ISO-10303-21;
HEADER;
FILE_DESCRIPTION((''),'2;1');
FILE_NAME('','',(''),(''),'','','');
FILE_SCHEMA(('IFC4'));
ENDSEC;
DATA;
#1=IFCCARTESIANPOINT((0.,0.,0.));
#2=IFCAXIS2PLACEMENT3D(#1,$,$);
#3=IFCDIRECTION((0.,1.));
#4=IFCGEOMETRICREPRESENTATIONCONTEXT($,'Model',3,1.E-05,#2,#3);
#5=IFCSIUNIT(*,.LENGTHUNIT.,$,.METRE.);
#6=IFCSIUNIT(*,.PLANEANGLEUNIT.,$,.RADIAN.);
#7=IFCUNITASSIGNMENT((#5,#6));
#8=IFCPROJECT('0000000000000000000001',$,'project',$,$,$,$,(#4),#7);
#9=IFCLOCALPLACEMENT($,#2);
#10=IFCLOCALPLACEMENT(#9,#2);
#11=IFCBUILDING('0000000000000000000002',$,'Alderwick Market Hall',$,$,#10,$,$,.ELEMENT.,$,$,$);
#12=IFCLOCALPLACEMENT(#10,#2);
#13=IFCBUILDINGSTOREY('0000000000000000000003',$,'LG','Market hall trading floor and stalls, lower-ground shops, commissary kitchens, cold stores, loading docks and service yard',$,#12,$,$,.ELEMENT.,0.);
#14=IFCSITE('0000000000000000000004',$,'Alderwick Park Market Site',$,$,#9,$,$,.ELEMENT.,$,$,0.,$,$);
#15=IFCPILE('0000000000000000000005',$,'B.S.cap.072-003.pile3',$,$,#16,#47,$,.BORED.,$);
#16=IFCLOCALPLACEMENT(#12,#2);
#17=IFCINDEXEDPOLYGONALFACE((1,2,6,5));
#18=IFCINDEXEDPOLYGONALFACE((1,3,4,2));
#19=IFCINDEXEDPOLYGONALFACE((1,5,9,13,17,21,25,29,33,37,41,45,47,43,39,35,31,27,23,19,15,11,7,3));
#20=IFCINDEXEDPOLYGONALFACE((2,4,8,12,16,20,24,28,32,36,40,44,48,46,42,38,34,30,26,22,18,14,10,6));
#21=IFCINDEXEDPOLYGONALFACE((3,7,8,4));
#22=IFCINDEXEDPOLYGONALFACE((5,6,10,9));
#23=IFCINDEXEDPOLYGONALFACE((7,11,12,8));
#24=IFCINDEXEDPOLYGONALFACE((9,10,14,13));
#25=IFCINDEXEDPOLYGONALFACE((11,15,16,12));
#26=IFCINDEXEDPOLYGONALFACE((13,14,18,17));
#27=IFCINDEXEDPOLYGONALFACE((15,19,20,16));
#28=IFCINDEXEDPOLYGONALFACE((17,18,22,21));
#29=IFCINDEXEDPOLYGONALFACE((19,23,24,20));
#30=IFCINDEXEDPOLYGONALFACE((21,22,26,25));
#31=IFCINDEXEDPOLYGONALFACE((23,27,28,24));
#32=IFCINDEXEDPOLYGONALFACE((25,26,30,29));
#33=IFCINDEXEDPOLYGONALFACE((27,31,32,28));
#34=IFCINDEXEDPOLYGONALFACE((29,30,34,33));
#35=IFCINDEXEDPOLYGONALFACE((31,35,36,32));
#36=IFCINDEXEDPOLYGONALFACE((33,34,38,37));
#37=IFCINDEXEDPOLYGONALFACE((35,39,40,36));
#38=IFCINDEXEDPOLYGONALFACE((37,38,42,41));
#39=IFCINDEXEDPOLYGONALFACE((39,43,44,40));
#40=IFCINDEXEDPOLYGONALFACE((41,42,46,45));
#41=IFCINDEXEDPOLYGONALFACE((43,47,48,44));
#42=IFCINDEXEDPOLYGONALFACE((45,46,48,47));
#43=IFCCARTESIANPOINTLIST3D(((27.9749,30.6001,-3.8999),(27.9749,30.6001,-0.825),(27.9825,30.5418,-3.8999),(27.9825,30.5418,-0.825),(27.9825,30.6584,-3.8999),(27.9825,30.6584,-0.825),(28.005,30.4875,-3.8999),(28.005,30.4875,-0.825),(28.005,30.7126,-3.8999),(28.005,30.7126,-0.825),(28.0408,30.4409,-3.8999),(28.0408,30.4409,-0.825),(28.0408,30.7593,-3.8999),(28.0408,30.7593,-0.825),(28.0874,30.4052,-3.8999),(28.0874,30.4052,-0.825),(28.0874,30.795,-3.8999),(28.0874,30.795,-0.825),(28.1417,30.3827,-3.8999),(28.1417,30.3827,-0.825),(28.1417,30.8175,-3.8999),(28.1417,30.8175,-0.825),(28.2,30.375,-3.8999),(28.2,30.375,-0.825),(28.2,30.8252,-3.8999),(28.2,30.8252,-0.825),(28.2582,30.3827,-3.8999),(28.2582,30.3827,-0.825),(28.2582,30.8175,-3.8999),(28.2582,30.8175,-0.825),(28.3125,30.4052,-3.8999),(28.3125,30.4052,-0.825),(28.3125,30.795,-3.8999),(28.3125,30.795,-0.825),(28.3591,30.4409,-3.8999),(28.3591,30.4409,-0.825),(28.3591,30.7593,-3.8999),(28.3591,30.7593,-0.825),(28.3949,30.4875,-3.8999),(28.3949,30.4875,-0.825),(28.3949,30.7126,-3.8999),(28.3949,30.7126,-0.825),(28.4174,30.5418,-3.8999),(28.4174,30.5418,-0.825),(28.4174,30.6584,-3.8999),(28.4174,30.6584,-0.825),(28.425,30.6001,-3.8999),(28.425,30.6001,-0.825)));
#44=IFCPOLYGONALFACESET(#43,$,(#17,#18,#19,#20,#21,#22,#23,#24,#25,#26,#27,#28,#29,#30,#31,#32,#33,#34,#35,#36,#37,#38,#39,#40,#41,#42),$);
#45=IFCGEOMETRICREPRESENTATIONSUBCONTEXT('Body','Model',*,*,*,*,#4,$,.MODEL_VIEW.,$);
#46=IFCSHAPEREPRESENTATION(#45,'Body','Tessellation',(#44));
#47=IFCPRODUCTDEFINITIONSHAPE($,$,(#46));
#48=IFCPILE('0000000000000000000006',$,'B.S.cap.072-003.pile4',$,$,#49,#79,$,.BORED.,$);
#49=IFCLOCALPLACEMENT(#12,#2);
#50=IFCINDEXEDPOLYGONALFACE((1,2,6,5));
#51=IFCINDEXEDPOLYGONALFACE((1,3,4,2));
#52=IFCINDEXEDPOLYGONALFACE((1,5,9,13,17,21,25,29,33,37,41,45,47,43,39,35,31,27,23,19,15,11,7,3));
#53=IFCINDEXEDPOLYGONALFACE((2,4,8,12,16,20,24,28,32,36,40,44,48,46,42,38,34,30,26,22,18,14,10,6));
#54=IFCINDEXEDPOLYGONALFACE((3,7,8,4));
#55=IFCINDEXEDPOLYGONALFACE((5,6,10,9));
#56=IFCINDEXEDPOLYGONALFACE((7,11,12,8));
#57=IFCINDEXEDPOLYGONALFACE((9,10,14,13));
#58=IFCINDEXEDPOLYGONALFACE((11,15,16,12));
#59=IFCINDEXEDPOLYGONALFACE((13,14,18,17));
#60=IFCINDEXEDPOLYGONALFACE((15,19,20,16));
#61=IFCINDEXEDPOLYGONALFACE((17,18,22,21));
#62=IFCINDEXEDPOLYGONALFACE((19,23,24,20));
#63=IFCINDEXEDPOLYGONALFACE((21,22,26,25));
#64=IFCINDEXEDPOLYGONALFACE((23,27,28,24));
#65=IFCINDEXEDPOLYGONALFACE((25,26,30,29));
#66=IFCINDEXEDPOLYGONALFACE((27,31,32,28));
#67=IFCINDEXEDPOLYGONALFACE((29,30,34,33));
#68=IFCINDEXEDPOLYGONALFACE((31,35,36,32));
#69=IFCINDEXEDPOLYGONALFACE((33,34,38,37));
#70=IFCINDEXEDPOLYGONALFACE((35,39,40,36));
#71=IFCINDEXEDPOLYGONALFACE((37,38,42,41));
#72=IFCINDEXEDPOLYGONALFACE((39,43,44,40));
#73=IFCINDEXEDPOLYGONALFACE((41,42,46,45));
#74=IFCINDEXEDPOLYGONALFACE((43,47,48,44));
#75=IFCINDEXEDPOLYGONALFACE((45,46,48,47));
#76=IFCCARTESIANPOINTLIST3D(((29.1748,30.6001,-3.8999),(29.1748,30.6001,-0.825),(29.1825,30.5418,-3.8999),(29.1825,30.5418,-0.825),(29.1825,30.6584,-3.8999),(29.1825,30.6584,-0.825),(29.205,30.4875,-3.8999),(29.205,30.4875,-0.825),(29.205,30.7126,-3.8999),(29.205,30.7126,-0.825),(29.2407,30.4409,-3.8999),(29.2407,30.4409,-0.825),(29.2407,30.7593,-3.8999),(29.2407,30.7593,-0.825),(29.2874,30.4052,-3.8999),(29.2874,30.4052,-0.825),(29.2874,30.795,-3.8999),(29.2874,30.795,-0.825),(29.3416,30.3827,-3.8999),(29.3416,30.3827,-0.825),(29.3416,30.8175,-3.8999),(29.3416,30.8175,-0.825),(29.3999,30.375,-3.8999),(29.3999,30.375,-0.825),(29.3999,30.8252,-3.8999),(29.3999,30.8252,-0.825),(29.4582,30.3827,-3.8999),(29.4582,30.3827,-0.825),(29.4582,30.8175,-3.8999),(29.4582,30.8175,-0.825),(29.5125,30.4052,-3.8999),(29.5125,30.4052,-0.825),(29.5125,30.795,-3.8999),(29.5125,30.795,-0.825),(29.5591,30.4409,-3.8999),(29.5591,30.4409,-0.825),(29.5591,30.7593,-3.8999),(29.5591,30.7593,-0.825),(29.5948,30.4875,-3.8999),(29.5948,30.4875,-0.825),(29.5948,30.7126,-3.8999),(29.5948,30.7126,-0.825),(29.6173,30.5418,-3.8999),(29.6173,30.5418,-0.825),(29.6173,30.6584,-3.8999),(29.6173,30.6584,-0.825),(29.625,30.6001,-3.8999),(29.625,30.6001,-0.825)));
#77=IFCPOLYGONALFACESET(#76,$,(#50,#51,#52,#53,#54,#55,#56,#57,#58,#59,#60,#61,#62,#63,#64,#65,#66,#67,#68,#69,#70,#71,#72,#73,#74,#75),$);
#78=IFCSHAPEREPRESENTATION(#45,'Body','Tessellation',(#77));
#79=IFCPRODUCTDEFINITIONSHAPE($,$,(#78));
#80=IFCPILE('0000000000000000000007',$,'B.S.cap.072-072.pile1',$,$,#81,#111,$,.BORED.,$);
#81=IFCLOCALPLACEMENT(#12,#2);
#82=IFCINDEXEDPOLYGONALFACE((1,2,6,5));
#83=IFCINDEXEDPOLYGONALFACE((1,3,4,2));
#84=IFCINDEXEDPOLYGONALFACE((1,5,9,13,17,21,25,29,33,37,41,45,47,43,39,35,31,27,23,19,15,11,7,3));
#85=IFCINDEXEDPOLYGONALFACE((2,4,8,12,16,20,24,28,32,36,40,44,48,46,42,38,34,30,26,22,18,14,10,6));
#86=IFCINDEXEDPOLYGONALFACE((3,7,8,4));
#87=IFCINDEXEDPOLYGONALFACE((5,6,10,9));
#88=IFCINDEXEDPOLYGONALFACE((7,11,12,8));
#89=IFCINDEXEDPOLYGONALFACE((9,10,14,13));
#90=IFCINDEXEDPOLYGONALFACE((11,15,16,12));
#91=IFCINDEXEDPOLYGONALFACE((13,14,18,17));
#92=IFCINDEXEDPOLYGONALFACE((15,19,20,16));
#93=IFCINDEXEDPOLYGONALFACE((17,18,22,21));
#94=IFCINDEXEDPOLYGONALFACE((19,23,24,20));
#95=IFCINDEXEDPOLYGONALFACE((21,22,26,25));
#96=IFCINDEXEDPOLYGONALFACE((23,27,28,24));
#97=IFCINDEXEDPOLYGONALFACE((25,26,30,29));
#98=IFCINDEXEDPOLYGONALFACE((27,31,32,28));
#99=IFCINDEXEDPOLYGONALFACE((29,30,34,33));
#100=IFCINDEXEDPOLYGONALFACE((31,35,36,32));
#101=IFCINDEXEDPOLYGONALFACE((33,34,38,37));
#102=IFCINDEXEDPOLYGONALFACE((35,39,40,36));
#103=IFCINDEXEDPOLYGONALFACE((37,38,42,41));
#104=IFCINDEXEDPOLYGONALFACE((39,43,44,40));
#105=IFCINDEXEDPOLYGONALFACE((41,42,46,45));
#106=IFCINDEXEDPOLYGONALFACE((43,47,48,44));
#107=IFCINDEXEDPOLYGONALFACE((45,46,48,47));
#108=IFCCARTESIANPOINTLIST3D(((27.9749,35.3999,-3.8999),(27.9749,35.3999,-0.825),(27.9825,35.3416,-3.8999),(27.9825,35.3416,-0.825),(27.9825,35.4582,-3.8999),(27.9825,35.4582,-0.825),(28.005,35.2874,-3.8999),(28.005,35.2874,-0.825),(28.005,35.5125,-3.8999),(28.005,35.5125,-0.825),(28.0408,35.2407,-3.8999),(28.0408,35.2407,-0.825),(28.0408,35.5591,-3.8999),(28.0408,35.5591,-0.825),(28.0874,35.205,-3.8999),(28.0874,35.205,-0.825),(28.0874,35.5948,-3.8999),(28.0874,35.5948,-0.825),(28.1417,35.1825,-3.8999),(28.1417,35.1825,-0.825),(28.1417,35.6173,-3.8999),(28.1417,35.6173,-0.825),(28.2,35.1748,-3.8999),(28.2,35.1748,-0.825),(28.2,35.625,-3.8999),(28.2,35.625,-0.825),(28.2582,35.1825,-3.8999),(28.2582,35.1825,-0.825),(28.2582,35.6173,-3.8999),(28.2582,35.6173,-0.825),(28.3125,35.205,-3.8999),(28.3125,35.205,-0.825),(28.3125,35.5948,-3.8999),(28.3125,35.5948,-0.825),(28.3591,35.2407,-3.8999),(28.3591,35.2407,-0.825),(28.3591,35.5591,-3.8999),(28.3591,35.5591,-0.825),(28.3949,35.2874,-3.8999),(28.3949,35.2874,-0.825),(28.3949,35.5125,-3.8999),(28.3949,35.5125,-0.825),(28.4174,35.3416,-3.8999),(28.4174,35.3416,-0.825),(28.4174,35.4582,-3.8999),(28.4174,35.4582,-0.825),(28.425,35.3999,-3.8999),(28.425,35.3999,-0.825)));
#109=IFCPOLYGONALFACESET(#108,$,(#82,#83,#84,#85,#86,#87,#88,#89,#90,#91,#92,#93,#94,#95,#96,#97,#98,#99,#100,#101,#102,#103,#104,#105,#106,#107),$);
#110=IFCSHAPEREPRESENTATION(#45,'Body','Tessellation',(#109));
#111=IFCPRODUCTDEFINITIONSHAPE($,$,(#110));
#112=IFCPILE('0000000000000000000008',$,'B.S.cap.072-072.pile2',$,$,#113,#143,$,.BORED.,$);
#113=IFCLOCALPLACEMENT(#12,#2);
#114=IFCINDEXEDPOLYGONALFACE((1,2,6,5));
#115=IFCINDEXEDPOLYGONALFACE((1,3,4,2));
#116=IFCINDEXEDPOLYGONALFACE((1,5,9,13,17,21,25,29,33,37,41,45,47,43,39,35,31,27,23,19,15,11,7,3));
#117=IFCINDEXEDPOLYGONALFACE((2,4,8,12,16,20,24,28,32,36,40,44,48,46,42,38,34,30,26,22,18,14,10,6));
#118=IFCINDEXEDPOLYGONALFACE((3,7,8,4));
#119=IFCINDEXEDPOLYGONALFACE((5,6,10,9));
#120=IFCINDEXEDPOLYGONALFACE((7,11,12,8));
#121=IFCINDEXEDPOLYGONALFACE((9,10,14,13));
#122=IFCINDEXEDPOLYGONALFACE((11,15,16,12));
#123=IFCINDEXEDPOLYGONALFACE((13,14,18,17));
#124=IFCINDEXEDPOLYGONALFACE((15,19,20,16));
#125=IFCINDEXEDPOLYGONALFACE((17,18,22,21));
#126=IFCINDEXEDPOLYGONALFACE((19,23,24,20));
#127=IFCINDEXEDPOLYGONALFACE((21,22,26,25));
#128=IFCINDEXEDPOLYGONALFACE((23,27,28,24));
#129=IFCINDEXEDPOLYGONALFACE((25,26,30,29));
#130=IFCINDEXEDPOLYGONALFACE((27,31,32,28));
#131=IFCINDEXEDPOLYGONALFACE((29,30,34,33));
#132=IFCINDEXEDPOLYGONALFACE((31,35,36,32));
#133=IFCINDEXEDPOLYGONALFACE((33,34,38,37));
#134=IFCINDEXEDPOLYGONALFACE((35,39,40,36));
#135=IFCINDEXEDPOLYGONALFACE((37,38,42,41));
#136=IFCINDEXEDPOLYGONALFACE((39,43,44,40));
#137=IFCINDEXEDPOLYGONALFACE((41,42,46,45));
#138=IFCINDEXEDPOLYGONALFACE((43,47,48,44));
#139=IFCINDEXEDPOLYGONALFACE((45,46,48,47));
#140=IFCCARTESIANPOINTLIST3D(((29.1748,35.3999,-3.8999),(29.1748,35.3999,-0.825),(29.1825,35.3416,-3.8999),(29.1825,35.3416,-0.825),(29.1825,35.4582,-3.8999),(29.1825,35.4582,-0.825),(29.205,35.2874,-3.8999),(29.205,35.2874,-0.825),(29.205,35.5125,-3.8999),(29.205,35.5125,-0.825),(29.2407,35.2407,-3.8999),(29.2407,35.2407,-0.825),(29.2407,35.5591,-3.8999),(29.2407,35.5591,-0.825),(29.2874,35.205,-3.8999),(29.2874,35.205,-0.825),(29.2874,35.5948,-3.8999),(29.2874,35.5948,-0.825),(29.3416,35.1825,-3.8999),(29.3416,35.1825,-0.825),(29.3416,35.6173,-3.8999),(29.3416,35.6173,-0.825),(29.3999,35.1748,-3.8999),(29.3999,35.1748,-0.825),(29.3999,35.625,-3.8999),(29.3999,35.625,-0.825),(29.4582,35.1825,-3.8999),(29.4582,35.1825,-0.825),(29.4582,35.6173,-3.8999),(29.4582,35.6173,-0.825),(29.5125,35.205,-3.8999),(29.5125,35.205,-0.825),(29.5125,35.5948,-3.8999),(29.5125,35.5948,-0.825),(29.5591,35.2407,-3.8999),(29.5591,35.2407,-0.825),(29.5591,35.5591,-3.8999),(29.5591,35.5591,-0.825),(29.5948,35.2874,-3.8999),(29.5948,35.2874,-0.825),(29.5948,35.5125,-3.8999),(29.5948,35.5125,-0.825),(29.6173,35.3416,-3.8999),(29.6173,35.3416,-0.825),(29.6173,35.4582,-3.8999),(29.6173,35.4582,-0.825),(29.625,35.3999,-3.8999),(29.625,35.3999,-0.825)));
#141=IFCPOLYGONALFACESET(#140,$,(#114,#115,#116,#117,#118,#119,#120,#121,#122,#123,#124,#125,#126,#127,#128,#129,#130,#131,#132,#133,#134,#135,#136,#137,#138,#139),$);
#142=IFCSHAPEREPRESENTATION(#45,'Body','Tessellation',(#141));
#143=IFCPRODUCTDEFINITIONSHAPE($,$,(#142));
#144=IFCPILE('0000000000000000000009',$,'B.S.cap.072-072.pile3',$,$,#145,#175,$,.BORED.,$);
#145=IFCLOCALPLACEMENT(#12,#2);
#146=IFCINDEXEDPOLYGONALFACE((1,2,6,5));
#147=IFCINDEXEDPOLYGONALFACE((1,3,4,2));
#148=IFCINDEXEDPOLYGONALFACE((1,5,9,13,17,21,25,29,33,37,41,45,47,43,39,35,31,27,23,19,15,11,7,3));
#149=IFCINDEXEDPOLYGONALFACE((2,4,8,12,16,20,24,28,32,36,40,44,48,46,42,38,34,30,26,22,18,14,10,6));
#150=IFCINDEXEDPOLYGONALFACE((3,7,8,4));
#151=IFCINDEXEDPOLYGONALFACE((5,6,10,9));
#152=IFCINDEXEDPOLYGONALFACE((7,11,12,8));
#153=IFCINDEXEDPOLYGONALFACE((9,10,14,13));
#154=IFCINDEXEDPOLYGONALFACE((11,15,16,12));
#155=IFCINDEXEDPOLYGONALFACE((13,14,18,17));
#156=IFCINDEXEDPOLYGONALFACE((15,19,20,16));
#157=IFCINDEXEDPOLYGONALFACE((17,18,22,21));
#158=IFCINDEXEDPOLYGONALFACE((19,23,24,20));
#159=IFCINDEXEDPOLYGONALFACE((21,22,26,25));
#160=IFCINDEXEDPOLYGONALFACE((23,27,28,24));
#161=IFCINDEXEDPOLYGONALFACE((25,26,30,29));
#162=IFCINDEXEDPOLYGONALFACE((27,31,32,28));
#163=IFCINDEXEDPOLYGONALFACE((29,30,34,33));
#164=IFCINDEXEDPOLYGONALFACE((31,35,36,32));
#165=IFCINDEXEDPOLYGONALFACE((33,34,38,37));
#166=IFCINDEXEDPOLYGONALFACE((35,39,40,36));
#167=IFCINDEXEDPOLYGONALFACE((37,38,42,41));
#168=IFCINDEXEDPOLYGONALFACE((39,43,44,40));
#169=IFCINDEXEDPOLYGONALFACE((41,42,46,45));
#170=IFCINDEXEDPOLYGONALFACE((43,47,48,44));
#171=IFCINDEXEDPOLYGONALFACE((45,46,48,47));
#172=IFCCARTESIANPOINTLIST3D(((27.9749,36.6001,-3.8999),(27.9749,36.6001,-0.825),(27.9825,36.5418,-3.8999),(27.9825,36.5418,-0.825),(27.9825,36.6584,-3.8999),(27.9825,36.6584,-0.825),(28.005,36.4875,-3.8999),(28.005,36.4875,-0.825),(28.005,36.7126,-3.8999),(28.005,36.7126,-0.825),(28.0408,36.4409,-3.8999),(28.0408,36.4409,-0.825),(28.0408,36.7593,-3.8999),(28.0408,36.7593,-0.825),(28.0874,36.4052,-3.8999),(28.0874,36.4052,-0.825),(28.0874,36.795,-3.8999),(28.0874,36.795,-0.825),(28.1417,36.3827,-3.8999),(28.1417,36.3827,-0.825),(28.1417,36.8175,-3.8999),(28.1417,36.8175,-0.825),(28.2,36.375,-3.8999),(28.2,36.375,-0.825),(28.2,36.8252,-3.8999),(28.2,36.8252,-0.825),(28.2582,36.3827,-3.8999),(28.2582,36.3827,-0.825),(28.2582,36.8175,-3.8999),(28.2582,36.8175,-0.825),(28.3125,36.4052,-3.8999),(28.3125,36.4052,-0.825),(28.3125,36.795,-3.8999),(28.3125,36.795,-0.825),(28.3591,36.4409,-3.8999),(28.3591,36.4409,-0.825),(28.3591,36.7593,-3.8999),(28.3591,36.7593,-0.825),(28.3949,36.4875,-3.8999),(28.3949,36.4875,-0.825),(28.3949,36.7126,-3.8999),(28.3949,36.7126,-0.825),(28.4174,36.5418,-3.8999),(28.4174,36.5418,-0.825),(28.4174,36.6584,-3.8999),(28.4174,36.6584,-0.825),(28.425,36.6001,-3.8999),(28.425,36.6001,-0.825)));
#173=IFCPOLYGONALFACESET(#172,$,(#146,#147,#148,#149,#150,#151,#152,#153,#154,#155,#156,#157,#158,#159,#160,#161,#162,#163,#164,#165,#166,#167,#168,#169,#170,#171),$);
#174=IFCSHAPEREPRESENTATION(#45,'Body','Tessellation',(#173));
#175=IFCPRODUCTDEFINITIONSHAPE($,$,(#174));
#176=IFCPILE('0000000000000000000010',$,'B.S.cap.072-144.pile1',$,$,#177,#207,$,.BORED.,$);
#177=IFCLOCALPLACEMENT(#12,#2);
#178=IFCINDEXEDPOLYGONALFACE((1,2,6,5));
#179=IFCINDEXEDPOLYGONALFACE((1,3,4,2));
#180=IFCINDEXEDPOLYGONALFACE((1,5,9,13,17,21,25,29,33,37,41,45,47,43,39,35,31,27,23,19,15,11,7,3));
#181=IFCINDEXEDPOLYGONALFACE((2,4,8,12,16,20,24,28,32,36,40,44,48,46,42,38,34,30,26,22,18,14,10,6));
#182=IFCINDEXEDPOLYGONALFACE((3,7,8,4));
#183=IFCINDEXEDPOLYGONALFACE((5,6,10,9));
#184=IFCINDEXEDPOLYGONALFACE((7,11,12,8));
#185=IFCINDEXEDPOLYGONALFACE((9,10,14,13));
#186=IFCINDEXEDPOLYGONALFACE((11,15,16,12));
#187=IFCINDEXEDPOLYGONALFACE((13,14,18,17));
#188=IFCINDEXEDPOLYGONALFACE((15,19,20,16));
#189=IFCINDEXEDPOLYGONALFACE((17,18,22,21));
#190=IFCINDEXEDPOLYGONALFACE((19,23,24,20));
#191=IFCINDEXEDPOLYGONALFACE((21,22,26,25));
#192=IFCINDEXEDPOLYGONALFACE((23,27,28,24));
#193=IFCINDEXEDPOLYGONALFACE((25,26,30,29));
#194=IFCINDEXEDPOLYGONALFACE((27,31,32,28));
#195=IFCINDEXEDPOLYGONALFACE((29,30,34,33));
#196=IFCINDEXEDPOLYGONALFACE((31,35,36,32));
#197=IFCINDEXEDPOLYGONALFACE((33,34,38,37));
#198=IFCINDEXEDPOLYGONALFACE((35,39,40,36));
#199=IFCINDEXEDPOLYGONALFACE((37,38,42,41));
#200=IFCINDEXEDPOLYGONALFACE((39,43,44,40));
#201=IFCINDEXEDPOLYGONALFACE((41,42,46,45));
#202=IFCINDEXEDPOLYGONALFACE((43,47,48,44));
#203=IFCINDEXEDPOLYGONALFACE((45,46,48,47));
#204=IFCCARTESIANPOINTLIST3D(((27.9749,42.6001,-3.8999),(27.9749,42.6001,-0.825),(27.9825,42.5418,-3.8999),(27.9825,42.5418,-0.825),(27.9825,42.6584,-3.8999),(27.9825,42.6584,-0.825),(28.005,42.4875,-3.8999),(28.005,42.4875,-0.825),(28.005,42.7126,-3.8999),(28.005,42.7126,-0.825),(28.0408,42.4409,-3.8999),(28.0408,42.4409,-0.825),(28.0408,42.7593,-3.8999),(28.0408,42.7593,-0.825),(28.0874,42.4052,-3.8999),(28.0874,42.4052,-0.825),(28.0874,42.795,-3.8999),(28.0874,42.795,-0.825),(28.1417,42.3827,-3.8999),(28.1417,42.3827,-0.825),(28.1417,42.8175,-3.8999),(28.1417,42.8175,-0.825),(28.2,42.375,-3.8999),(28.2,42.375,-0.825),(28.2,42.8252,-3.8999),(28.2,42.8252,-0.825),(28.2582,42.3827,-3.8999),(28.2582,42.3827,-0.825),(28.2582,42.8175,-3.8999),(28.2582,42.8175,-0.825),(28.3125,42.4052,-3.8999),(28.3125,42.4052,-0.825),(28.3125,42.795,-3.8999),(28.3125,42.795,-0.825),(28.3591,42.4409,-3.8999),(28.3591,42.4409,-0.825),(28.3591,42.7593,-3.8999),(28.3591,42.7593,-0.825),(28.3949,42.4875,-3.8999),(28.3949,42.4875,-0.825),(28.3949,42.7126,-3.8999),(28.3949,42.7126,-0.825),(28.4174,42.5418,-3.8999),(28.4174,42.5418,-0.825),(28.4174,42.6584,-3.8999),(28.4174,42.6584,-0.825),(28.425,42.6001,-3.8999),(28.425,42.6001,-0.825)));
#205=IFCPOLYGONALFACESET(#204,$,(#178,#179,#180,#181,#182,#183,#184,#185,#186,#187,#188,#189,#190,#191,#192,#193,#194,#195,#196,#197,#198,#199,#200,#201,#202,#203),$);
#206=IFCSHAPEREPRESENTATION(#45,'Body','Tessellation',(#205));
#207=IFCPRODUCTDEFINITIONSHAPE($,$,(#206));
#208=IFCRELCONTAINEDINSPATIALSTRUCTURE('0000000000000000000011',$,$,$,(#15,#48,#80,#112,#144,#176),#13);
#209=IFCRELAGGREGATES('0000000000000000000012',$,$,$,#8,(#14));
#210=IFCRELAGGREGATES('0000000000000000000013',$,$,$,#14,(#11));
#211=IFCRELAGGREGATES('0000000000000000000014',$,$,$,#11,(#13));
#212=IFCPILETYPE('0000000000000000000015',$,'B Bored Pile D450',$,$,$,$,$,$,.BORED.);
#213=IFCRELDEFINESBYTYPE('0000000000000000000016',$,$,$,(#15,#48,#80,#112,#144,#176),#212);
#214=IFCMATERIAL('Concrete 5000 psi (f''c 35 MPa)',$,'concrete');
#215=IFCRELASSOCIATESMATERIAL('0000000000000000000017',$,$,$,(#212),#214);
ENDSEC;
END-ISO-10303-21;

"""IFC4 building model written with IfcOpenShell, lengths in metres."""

from ifc_helpers import new_model, si_unit, direction, frame, origin, origin_2d, place, context, subcontext, project, spatial, circle, extrude, material, material_profile, profile_set, type_object, element, save


model = new_model("IFC4")

# Units and contexts
model_context = context("Model", 3, precision=1e-05, world=origin(), true_north=direction((0.0, 1.0)))
body_context = subcontext(model_context, "Body", "Model", "MODEL_VIEW")
ifc_project = project(units=[si_unit("LENGTHUNIT", "METRE"), si_unit("PLANEANGLEUNIT", "RADIAN")], contexts=[model_context])

# Site, building, storey
site_placement = place(None, origin())
site = spatial("IfcSite", under=ifc_project, at=site_placement, Name="Alderwick Park Market Site", CompositionType="ELEMENT", RefElevation=0.0)
building_placement = place(site_placement, origin())
building = spatial("IfcBuilding", under=site, at=building_placement, Name="Alderwick Market Hall", CompositionType="ELEMENT")
storey_placement = place(building_placement, origin())
storey = spatial("IfcBuildingStorey", under=building, at=storey_placement, Name="LG", Description="Market hall trading floor and stalls, lower-ground shops, commissary kitchens, cold stores, loading docks and service yard", CompositionType="ELEMENT", Elevation=0.0)

# Piles
ifc_material_1 = material(Name="Concrete 5000 psi (f'c 35 MPa)", Category="concrete")
ifc_material_profile_1 = material_profile(ifc_material_1, circle(Radius=0.2251, at=origin_2d()), Name="B Bored Pile D450")
ifc_profile_set_1 = profile_set([ifc_material_profile_1], Name="Concrete 5000 psi (f'c 35 MPa)")
pile_type = type_object("IfcPileType", Name="B Bored Pile D450", PredefinedType="BORED", material=ifc_profile_set_1)
for number, where, z_axis, x_axis, name in (
    (1, (28.2, 30.6001, -0.825), (0.0, 0.0, -1.0), (1.0, 0.0, 0.0), "B.S.cap.072-003.pile3"),
    (2, (29.3999, 30.6001, -0.825), (0.0, 0.0, -1.0), (1.0, 0.0, 0.0), "B.S.cap.072-003.pile4"),
    (3, (28.2, 35.3999, -0.825), (0.0, 0.0, -1.0), (1.0, 0.0, 0.0), "B.S.cap.072-072.pile1"),
    (4, (29.3999, 35.3999, -0.825), (0.0, 0.0, -1.0), (1.0, 0.0, 0.0), "B.S.cap.072-072.pile2"),
    (5, (28.2, 36.6001, -0.825), (0.0, 0.0, -1.0), (1.0, 0.0, 0.0), "B.S.cap.072-072.pile3"),
    (6, (28.2, 42.6001, -0.825), (0.0, 0.0, -1.0), (1.0, 0.0, 0.0), "B.S.cap.072-144.pile1"),
):
    element("IfcPile", number, at=place(storey_placement, frame(where, z_axis=z_axis, x_axis=x_axis)), inside=storey, type_object=pile_type, Name=name, PredefinedType="BORED", context=body_context, shape_type="SweptSolid", body=[
        extrude(circle(Radius=0.2251, at=origin_2d()), origin(), (0.0, 0.0, 1.0), 3.075),
    ])

save(model, "model.ifc")
